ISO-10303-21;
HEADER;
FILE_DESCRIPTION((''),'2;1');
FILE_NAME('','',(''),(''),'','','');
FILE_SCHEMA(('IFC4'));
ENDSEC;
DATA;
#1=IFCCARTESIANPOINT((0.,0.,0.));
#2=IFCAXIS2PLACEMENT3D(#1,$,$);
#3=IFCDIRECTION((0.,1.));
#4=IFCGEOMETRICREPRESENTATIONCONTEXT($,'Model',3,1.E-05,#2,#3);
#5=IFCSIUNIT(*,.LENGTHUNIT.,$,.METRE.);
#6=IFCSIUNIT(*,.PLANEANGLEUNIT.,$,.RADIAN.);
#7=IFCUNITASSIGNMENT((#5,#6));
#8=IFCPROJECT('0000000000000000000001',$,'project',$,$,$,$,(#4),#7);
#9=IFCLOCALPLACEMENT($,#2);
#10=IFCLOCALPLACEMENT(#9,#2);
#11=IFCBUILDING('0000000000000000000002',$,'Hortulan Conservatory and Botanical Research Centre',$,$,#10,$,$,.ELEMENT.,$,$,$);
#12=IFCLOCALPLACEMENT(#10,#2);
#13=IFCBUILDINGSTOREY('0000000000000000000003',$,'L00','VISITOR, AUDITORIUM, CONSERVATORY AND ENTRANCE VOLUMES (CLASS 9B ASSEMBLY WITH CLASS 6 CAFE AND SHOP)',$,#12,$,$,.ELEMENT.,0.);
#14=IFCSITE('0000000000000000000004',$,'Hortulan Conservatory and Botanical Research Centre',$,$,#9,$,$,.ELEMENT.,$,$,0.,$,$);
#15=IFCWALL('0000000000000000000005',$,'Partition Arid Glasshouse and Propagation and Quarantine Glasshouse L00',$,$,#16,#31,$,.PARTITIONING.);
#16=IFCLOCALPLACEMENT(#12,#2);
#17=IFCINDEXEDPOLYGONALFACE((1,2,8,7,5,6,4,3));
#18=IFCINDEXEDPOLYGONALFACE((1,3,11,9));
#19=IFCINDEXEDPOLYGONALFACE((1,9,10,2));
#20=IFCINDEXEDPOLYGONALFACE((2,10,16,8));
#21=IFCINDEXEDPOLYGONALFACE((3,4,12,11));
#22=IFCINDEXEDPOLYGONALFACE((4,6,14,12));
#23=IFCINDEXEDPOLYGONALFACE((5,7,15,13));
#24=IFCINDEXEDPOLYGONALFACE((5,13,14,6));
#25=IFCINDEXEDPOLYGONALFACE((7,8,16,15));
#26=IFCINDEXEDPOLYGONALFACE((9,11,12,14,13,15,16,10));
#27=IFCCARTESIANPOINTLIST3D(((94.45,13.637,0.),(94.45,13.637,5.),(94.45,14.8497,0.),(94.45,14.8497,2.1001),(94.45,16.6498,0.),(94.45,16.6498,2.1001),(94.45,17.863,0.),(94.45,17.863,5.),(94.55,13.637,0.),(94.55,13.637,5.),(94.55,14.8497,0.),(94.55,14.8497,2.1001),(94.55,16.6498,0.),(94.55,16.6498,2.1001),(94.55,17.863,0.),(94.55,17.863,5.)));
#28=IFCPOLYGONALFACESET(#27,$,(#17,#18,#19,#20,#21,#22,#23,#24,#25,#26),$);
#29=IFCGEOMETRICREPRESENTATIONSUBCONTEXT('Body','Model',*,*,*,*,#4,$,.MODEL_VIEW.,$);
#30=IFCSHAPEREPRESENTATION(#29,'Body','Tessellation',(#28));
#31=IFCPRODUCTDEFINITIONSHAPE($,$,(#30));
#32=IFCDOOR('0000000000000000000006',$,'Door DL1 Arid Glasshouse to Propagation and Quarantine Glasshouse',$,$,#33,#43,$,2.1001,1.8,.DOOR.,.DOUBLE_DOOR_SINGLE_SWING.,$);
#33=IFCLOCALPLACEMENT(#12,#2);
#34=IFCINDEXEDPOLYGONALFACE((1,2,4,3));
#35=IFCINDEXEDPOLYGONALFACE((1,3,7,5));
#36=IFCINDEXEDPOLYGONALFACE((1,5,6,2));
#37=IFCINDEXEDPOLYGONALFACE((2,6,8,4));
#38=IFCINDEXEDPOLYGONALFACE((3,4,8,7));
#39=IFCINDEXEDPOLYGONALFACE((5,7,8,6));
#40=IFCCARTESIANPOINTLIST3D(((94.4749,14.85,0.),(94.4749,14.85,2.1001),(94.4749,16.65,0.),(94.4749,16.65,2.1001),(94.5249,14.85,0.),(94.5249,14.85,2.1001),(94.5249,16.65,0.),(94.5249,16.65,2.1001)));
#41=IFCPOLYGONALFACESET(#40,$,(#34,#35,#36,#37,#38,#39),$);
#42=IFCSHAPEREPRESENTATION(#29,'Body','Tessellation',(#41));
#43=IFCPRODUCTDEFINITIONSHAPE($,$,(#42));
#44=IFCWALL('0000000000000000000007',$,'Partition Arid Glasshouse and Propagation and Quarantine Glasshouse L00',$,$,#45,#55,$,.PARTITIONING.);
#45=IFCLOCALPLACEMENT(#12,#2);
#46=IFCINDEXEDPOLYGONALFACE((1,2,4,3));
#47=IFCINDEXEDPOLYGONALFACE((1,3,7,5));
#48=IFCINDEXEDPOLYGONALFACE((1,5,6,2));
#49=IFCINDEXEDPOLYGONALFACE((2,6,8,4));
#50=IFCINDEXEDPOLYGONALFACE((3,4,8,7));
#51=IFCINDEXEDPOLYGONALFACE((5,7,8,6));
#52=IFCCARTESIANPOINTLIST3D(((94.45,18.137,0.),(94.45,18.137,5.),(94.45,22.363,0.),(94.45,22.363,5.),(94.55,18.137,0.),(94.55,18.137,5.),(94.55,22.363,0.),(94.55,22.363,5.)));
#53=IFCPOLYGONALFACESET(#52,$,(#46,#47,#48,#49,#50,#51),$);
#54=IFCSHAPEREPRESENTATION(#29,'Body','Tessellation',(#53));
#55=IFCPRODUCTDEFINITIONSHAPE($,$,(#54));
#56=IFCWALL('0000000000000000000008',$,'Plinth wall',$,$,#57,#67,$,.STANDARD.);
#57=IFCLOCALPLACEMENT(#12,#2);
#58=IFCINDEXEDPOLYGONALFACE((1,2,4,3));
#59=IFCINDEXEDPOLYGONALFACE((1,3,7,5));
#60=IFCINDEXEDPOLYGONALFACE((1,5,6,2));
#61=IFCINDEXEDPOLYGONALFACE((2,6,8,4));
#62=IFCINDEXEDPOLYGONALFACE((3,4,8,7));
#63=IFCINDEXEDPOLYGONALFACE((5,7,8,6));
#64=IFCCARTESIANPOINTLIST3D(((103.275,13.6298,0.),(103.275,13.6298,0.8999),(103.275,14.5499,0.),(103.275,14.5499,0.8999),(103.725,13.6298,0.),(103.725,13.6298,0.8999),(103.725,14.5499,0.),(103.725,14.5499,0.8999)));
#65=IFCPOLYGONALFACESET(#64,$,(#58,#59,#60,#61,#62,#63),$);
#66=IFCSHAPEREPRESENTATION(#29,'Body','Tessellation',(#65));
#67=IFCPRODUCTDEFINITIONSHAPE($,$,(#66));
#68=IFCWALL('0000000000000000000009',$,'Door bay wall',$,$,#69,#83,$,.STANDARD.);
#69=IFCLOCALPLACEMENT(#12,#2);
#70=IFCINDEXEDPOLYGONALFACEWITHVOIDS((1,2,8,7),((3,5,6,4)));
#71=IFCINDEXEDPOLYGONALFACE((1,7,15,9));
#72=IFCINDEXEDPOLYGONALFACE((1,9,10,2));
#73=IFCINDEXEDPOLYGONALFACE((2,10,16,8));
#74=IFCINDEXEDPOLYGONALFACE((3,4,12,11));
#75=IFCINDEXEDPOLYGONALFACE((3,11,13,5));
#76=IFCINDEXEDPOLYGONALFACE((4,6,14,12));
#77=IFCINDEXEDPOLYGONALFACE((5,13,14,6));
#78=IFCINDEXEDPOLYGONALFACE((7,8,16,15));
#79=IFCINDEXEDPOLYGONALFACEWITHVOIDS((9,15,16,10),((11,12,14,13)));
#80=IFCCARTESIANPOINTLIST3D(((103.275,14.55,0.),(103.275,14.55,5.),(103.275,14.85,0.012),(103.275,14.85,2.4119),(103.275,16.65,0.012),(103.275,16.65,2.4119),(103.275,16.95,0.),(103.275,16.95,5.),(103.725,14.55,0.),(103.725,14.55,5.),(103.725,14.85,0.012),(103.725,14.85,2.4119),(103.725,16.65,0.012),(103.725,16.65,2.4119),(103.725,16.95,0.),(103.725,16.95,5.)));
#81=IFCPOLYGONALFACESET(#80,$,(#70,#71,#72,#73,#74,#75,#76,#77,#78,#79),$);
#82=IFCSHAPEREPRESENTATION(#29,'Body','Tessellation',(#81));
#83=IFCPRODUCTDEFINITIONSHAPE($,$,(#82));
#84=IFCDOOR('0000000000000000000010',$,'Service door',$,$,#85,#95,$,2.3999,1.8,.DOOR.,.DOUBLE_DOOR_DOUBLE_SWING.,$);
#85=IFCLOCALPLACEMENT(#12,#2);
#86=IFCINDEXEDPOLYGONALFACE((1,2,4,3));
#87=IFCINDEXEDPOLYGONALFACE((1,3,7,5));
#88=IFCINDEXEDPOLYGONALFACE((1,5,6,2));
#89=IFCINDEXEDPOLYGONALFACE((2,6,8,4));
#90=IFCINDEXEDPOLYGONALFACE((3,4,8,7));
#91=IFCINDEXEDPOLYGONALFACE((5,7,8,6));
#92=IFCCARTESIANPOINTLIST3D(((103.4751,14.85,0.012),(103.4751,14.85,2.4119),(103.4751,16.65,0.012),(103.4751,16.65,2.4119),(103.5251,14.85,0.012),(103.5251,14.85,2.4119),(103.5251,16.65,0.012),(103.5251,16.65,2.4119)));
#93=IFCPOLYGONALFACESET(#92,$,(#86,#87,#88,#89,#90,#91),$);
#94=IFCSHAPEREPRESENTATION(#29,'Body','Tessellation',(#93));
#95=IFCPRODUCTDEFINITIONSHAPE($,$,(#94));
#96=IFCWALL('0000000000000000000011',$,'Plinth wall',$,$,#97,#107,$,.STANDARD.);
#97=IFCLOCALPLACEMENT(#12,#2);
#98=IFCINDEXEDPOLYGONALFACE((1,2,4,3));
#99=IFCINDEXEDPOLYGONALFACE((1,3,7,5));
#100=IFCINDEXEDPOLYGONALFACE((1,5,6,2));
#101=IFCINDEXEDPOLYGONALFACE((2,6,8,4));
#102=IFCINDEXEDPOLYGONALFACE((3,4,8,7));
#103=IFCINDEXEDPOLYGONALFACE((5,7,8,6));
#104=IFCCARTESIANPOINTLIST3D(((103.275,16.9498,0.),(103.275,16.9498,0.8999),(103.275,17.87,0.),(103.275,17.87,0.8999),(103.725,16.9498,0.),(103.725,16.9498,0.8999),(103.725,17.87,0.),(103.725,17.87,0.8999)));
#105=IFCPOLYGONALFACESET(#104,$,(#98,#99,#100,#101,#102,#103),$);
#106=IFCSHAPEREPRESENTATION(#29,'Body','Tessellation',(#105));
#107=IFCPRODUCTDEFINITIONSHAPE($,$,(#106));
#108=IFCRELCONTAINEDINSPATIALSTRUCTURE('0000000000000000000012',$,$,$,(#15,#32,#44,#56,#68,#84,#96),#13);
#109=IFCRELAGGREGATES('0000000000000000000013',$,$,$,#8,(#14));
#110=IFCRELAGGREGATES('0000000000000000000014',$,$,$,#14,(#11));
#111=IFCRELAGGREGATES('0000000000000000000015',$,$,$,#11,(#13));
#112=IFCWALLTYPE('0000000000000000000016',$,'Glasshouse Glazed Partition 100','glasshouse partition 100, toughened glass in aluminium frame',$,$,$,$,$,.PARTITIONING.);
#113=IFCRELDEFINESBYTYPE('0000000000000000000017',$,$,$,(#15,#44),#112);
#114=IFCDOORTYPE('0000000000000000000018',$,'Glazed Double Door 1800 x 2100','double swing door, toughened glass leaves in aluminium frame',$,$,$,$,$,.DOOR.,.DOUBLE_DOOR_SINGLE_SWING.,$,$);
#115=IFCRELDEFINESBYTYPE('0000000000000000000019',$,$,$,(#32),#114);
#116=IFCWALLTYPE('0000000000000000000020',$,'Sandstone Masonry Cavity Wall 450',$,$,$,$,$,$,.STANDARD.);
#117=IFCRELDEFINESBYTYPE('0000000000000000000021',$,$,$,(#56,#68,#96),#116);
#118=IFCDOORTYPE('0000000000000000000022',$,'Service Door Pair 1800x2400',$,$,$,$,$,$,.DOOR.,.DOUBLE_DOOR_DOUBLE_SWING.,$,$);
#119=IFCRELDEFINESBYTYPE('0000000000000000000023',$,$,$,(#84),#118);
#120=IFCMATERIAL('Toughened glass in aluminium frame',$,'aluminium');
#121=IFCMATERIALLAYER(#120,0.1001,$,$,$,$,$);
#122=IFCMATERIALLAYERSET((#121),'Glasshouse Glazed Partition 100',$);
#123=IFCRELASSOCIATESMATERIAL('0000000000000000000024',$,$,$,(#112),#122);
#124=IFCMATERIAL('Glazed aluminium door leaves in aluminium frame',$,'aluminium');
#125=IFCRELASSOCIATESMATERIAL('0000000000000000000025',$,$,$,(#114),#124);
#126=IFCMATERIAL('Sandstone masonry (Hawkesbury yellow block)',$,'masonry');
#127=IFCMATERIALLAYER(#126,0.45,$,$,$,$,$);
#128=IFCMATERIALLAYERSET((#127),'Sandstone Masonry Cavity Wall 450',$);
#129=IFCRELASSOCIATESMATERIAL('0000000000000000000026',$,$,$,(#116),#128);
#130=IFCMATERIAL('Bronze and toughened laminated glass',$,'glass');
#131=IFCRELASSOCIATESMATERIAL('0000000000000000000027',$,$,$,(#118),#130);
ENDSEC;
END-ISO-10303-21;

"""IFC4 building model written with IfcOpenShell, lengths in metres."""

from ifc_helpers import new_model, si_unit, direction, frame, frame_2d, origin, place, context, subcontext, project, spatial, rectangle, extrude, material, layer, layer_set, type_object, element, fill, save


model = new_model("IFC4")

# Units and contexts
model_context = context("Model", 3, precision=1e-05, world=origin(), true_north=direction((0.0, 1.0)))
body_context = subcontext(model_context, "Body", "Model", "MODEL_VIEW")
ifc_project = project(units=[si_unit("LENGTHUNIT", "METRE"), si_unit("PLANEANGLEUNIT", "RADIAN")], contexts=[model_context])

# Site, building, storey
site_placement = place(None, origin())
site = spatial("IfcSite", under=ifc_project, at=site_placement, Name="Hortulan Conservatory and Botanical Research Centre", CompositionType="ELEMENT", RefElevation=0.0)
building_placement = place(site_placement, origin())
building = spatial("IfcBuilding", under=site, at=building_placement, Name="Hortulan Conservatory and Botanical Research Centre", CompositionType="ELEMENT")
storey_placement = place(building_placement, origin())
storey = spatial("IfcBuildingStorey", under=building, at=storey_placement, Name="L00", Description="VISITOR, AUDITORIUM, CONSERVATORY AND ENTRANCE VOLUMES (CLASS 9B ASSEMBLY WITH CLASS 6 CAFE AND SHOP)", CompositionType="ELEMENT", Elevation=0.0)

# Wall, opening, door
ifc_material_1 = material(Name="Toughened glass in aluminium frame", Category="aluminium")
ifc_layer_1 = layer(ifc_material_1, 0.1001)
ifc_layer_set_1 = layer_set([ifc_layer_1], Name="Glasshouse Glazed Partition 100")
wall_type_1 = type_object("IfcWallType", Name="Glasshouse Glazed Partition 100", Description="glasshouse partition 100, toughened glass in aluminium frame", PredefinedType="PARTITIONING", material=ifc_layer_set_1)
wall_1_placement = place(storey_placement, frame((94.5, 13.637, 0.0), z_axis=(0.0, 0.0, 1.0), x_axis=(0.0, 1.0, 0.0)))
wall_1 = element("IfcWall", 1, at=wall_1_placement, inside=storey, type_object=wall_type_1, Name="Partition Arid Glasshouse and Propagation and Quarantine Glasshouse L00", PredefinedType="PARTITIONING", context=body_context, shape_type="SweptSolid", body=[
    extrude(rectangle(XDim=4.2261, YDim=0.1001, at=frame_2d((2.113, 0.0))), origin(), (0.0, 0.0, 1.0), 5.0),
])
opening_1_placement = place(wall_1_placement, frame((1.2129, 0.0, 0.0)))
opening_1 = element("IfcOpeningElement", 2, at=opening_1_placement, cuts=wall_1, PredefinedType="OPENING", context=body_context, shape_type="SweptSolid", body=[
    extrude(rectangle(XDim=1.8, YDim=2.1001, at=frame_2d((0.8999, 1.05))), frame((0.0, 0.0601, 0.0), z_axis=(0.0, -1.0, 0.0), x_axis=(1.0, 0.0, 0.0)), (0.0, 0.0, 1.0), 0.1201),
])
ifc_material_2 = material(Name="Glazed aluminium door leaves in aluminium frame", Category="aluminium")
door_type_1 = type_object("IfcDoorType", Name="Glazed Double Door 1800 x 2100", Description="double swing door, toughened glass leaves in aluminium frame", OperationType="DOUBLE_DOOR_SINGLE_SWING", PredefinedType="DOOR", material=ifc_material_2)
door_1_placement = place(opening_1_placement, frame((1.8, 0.0, 0.0), z_axis=(0.0, 0.0, 1.0), x_axis=(-1.0, 0.0, 0.0)))
door_1 = element("IfcDoor", 3, at=door_1_placement, inside=storey, type_object=door_type_1, Name="Door DL1 Arid Glasshouse to Propagation and Quarantine Glasshouse", OperationType="DOUBLE_DOOR_SINGLE_SWING", OverallHeight=2.1001, OverallWidth=1.8, PredefinedType="DOOR", context=body_context, shape_type="SweptSolid", body=[
    extrude(rectangle(XDim=1.8, YDim=2.1001, at=frame_2d((0.8999, 1.05))), frame((0.0, 0.0249, 0.0), z_axis=(0.0, -1.0, 0.0), x_axis=(1.0, 0.0, 0.0)), (0.0, 0.0, 1.0), 0.05),
])
fill(opening_1, door_1)

# Walls
wall_2_placement = place(storey_placement, frame((94.5, 18.137, 0.0), z_axis=(0.0, 0.0, 1.0), x_axis=(0.0, 1.0, 0.0)))
element("IfcWall", 4, at=wall_2_placement, inside=storey, type_object=wall_type_1, Name="Partition Arid Glasshouse and Propagation and Quarantine Glasshouse L00", PredefinedType="PARTITIONING", context=body_context, shape_type="SweptSolid", body=[
    extrude(rectangle(XDim=4.2261, YDim=0.1001, at=frame_2d((2.113, 0.0))), origin(), (0.0, 0.0, 1.0), 5.0),
])
ifc_material_3 = material(Name="Sandstone masonry (Hawkesbury yellow block)", Category="masonry")
ifc_layer_2 = layer(ifc_material_3, 0.45)
ifc_layer_set_2 = layer_set([ifc_layer_2], Name="Sandstone Masonry Cavity Wall 450")
wall_type_2 = type_object("IfcWallType", Name="Sandstone Masonry Cavity Wall 450", PredefinedType="STANDARD", material=ifc_layer_set_2)
wall_3_placement = place(storey_placement, frame((103.5, 13.6299, 0.0), z_axis=(0.0, 0.0, 1.0), x_axis=(0.0, 1.0, 0.0)))
element("IfcWall", 5, at=wall_3_placement, inside=storey, type_object=wall_type_2, Name="Plinth wall", PredefinedType="STANDARD", context=body_context, shape_type="SweptSolid", body=[
    extrude(rectangle(XDim=0.9202, YDim=0.45, at=frame_2d((0.46, 0.0))), origin(), (0.0, 0.0, 1.0), 0.8999),
])

# Wall, opening, door
wall_4_placement = place(storey_placement, frame((103.5, 14.55, 0.0), z_axis=(0.0, 0.0, 1.0), x_axis=(0.0, 1.0, 0.0)))
wall_4 = element("IfcWall", 6, at=wall_4_placement, inside=storey, type_object=wall_type_2, Name="Door bay wall", PredefinedType="STANDARD", context=body_context, shape_type="SweptSolid", body=[
    extrude(rectangle(XDim=2.3999, YDim=0.45, at=frame_2d((1.2, 0.0))), origin(), (0.0, 0.0, 1.0), 5.0),
])
opening_2_placement = place(wall_4_placement, frame((0.3, 0.0, 0.012)))
opening_2 = element("IfcOpeningElement", 7, at=opening_2_placement, cuts=wall_4, PredefinedType="OPENING", context=body_context, shape_type="SweptSolid", body=[
    extrude(rectangle(XDim=1.8, YDim=2.3999, at=frame_2d((0.8999, 1.2))), frame((0.0, 0.2349, 0.0), z_axis=(0.0, -1.0, 0.0), x_axis=(1.0, 0.0, 0.0)), (0.0, 0.0, 1.0), 0.47),
])
ifc_material_4 = material(Name="Bronze and toughened laminated glass", Category="glass")
door_type_2 = type_object("IfcDoorType", Name="Service Door Pair 1800x2400", OperationType="DOUBLE_DOOR_DOUBLE_SWING", PredefinedType="DOOR", material=ifc_material_4)
door_2_placement = place(opening_2_placement, origin())
door_2 = element("IfcDoor", 8, at=door_2_placement, inside=storey, type_object=door_type_2, Name="Service door", OperationType="DOUBLE_DOOR_DOUBLE_SWING", OverallHeight=2.3999, OverallWidth=1.8, PredefinedType="DOOR", context=body_context, shape_type="SweptSolid", body=[
    extrude(rectangle(XDim=1.8, YDim=2.3999, at=frame_2d((0.8999, 1.2))), frame((0.0, 0.0249, 0.0), z_axis=(0.0, -1.0, 0.0), x_axis=(1.0, 0.0, 0.0)), (0.0, 0.0, 1.0), 0.05),
])
fill(opening_2, door_2)

# Wall
wall_5_placement = place(storey_placement, frame((103.5, 16.95, 0.0), z_axis=(0.0, 0.0, 1.0), x_axis=(0.0, 1.0, 0.0)))
element("IfcWall", 9, at=wall_5_placement, inside=storey, type_object=wall_type_2, Name="Plinth wall", PredefinedType="STANDARD", context=body_context, shape_type="SweptSolid", body=[
    extrude(rectangle(XDim=0.9202, YDim=0.45, at=frame_2d((0.46, 0.0))), origin(), (0.0, 0.0, 1.0), 0.8999),
])

save(model, "model.ifc")
